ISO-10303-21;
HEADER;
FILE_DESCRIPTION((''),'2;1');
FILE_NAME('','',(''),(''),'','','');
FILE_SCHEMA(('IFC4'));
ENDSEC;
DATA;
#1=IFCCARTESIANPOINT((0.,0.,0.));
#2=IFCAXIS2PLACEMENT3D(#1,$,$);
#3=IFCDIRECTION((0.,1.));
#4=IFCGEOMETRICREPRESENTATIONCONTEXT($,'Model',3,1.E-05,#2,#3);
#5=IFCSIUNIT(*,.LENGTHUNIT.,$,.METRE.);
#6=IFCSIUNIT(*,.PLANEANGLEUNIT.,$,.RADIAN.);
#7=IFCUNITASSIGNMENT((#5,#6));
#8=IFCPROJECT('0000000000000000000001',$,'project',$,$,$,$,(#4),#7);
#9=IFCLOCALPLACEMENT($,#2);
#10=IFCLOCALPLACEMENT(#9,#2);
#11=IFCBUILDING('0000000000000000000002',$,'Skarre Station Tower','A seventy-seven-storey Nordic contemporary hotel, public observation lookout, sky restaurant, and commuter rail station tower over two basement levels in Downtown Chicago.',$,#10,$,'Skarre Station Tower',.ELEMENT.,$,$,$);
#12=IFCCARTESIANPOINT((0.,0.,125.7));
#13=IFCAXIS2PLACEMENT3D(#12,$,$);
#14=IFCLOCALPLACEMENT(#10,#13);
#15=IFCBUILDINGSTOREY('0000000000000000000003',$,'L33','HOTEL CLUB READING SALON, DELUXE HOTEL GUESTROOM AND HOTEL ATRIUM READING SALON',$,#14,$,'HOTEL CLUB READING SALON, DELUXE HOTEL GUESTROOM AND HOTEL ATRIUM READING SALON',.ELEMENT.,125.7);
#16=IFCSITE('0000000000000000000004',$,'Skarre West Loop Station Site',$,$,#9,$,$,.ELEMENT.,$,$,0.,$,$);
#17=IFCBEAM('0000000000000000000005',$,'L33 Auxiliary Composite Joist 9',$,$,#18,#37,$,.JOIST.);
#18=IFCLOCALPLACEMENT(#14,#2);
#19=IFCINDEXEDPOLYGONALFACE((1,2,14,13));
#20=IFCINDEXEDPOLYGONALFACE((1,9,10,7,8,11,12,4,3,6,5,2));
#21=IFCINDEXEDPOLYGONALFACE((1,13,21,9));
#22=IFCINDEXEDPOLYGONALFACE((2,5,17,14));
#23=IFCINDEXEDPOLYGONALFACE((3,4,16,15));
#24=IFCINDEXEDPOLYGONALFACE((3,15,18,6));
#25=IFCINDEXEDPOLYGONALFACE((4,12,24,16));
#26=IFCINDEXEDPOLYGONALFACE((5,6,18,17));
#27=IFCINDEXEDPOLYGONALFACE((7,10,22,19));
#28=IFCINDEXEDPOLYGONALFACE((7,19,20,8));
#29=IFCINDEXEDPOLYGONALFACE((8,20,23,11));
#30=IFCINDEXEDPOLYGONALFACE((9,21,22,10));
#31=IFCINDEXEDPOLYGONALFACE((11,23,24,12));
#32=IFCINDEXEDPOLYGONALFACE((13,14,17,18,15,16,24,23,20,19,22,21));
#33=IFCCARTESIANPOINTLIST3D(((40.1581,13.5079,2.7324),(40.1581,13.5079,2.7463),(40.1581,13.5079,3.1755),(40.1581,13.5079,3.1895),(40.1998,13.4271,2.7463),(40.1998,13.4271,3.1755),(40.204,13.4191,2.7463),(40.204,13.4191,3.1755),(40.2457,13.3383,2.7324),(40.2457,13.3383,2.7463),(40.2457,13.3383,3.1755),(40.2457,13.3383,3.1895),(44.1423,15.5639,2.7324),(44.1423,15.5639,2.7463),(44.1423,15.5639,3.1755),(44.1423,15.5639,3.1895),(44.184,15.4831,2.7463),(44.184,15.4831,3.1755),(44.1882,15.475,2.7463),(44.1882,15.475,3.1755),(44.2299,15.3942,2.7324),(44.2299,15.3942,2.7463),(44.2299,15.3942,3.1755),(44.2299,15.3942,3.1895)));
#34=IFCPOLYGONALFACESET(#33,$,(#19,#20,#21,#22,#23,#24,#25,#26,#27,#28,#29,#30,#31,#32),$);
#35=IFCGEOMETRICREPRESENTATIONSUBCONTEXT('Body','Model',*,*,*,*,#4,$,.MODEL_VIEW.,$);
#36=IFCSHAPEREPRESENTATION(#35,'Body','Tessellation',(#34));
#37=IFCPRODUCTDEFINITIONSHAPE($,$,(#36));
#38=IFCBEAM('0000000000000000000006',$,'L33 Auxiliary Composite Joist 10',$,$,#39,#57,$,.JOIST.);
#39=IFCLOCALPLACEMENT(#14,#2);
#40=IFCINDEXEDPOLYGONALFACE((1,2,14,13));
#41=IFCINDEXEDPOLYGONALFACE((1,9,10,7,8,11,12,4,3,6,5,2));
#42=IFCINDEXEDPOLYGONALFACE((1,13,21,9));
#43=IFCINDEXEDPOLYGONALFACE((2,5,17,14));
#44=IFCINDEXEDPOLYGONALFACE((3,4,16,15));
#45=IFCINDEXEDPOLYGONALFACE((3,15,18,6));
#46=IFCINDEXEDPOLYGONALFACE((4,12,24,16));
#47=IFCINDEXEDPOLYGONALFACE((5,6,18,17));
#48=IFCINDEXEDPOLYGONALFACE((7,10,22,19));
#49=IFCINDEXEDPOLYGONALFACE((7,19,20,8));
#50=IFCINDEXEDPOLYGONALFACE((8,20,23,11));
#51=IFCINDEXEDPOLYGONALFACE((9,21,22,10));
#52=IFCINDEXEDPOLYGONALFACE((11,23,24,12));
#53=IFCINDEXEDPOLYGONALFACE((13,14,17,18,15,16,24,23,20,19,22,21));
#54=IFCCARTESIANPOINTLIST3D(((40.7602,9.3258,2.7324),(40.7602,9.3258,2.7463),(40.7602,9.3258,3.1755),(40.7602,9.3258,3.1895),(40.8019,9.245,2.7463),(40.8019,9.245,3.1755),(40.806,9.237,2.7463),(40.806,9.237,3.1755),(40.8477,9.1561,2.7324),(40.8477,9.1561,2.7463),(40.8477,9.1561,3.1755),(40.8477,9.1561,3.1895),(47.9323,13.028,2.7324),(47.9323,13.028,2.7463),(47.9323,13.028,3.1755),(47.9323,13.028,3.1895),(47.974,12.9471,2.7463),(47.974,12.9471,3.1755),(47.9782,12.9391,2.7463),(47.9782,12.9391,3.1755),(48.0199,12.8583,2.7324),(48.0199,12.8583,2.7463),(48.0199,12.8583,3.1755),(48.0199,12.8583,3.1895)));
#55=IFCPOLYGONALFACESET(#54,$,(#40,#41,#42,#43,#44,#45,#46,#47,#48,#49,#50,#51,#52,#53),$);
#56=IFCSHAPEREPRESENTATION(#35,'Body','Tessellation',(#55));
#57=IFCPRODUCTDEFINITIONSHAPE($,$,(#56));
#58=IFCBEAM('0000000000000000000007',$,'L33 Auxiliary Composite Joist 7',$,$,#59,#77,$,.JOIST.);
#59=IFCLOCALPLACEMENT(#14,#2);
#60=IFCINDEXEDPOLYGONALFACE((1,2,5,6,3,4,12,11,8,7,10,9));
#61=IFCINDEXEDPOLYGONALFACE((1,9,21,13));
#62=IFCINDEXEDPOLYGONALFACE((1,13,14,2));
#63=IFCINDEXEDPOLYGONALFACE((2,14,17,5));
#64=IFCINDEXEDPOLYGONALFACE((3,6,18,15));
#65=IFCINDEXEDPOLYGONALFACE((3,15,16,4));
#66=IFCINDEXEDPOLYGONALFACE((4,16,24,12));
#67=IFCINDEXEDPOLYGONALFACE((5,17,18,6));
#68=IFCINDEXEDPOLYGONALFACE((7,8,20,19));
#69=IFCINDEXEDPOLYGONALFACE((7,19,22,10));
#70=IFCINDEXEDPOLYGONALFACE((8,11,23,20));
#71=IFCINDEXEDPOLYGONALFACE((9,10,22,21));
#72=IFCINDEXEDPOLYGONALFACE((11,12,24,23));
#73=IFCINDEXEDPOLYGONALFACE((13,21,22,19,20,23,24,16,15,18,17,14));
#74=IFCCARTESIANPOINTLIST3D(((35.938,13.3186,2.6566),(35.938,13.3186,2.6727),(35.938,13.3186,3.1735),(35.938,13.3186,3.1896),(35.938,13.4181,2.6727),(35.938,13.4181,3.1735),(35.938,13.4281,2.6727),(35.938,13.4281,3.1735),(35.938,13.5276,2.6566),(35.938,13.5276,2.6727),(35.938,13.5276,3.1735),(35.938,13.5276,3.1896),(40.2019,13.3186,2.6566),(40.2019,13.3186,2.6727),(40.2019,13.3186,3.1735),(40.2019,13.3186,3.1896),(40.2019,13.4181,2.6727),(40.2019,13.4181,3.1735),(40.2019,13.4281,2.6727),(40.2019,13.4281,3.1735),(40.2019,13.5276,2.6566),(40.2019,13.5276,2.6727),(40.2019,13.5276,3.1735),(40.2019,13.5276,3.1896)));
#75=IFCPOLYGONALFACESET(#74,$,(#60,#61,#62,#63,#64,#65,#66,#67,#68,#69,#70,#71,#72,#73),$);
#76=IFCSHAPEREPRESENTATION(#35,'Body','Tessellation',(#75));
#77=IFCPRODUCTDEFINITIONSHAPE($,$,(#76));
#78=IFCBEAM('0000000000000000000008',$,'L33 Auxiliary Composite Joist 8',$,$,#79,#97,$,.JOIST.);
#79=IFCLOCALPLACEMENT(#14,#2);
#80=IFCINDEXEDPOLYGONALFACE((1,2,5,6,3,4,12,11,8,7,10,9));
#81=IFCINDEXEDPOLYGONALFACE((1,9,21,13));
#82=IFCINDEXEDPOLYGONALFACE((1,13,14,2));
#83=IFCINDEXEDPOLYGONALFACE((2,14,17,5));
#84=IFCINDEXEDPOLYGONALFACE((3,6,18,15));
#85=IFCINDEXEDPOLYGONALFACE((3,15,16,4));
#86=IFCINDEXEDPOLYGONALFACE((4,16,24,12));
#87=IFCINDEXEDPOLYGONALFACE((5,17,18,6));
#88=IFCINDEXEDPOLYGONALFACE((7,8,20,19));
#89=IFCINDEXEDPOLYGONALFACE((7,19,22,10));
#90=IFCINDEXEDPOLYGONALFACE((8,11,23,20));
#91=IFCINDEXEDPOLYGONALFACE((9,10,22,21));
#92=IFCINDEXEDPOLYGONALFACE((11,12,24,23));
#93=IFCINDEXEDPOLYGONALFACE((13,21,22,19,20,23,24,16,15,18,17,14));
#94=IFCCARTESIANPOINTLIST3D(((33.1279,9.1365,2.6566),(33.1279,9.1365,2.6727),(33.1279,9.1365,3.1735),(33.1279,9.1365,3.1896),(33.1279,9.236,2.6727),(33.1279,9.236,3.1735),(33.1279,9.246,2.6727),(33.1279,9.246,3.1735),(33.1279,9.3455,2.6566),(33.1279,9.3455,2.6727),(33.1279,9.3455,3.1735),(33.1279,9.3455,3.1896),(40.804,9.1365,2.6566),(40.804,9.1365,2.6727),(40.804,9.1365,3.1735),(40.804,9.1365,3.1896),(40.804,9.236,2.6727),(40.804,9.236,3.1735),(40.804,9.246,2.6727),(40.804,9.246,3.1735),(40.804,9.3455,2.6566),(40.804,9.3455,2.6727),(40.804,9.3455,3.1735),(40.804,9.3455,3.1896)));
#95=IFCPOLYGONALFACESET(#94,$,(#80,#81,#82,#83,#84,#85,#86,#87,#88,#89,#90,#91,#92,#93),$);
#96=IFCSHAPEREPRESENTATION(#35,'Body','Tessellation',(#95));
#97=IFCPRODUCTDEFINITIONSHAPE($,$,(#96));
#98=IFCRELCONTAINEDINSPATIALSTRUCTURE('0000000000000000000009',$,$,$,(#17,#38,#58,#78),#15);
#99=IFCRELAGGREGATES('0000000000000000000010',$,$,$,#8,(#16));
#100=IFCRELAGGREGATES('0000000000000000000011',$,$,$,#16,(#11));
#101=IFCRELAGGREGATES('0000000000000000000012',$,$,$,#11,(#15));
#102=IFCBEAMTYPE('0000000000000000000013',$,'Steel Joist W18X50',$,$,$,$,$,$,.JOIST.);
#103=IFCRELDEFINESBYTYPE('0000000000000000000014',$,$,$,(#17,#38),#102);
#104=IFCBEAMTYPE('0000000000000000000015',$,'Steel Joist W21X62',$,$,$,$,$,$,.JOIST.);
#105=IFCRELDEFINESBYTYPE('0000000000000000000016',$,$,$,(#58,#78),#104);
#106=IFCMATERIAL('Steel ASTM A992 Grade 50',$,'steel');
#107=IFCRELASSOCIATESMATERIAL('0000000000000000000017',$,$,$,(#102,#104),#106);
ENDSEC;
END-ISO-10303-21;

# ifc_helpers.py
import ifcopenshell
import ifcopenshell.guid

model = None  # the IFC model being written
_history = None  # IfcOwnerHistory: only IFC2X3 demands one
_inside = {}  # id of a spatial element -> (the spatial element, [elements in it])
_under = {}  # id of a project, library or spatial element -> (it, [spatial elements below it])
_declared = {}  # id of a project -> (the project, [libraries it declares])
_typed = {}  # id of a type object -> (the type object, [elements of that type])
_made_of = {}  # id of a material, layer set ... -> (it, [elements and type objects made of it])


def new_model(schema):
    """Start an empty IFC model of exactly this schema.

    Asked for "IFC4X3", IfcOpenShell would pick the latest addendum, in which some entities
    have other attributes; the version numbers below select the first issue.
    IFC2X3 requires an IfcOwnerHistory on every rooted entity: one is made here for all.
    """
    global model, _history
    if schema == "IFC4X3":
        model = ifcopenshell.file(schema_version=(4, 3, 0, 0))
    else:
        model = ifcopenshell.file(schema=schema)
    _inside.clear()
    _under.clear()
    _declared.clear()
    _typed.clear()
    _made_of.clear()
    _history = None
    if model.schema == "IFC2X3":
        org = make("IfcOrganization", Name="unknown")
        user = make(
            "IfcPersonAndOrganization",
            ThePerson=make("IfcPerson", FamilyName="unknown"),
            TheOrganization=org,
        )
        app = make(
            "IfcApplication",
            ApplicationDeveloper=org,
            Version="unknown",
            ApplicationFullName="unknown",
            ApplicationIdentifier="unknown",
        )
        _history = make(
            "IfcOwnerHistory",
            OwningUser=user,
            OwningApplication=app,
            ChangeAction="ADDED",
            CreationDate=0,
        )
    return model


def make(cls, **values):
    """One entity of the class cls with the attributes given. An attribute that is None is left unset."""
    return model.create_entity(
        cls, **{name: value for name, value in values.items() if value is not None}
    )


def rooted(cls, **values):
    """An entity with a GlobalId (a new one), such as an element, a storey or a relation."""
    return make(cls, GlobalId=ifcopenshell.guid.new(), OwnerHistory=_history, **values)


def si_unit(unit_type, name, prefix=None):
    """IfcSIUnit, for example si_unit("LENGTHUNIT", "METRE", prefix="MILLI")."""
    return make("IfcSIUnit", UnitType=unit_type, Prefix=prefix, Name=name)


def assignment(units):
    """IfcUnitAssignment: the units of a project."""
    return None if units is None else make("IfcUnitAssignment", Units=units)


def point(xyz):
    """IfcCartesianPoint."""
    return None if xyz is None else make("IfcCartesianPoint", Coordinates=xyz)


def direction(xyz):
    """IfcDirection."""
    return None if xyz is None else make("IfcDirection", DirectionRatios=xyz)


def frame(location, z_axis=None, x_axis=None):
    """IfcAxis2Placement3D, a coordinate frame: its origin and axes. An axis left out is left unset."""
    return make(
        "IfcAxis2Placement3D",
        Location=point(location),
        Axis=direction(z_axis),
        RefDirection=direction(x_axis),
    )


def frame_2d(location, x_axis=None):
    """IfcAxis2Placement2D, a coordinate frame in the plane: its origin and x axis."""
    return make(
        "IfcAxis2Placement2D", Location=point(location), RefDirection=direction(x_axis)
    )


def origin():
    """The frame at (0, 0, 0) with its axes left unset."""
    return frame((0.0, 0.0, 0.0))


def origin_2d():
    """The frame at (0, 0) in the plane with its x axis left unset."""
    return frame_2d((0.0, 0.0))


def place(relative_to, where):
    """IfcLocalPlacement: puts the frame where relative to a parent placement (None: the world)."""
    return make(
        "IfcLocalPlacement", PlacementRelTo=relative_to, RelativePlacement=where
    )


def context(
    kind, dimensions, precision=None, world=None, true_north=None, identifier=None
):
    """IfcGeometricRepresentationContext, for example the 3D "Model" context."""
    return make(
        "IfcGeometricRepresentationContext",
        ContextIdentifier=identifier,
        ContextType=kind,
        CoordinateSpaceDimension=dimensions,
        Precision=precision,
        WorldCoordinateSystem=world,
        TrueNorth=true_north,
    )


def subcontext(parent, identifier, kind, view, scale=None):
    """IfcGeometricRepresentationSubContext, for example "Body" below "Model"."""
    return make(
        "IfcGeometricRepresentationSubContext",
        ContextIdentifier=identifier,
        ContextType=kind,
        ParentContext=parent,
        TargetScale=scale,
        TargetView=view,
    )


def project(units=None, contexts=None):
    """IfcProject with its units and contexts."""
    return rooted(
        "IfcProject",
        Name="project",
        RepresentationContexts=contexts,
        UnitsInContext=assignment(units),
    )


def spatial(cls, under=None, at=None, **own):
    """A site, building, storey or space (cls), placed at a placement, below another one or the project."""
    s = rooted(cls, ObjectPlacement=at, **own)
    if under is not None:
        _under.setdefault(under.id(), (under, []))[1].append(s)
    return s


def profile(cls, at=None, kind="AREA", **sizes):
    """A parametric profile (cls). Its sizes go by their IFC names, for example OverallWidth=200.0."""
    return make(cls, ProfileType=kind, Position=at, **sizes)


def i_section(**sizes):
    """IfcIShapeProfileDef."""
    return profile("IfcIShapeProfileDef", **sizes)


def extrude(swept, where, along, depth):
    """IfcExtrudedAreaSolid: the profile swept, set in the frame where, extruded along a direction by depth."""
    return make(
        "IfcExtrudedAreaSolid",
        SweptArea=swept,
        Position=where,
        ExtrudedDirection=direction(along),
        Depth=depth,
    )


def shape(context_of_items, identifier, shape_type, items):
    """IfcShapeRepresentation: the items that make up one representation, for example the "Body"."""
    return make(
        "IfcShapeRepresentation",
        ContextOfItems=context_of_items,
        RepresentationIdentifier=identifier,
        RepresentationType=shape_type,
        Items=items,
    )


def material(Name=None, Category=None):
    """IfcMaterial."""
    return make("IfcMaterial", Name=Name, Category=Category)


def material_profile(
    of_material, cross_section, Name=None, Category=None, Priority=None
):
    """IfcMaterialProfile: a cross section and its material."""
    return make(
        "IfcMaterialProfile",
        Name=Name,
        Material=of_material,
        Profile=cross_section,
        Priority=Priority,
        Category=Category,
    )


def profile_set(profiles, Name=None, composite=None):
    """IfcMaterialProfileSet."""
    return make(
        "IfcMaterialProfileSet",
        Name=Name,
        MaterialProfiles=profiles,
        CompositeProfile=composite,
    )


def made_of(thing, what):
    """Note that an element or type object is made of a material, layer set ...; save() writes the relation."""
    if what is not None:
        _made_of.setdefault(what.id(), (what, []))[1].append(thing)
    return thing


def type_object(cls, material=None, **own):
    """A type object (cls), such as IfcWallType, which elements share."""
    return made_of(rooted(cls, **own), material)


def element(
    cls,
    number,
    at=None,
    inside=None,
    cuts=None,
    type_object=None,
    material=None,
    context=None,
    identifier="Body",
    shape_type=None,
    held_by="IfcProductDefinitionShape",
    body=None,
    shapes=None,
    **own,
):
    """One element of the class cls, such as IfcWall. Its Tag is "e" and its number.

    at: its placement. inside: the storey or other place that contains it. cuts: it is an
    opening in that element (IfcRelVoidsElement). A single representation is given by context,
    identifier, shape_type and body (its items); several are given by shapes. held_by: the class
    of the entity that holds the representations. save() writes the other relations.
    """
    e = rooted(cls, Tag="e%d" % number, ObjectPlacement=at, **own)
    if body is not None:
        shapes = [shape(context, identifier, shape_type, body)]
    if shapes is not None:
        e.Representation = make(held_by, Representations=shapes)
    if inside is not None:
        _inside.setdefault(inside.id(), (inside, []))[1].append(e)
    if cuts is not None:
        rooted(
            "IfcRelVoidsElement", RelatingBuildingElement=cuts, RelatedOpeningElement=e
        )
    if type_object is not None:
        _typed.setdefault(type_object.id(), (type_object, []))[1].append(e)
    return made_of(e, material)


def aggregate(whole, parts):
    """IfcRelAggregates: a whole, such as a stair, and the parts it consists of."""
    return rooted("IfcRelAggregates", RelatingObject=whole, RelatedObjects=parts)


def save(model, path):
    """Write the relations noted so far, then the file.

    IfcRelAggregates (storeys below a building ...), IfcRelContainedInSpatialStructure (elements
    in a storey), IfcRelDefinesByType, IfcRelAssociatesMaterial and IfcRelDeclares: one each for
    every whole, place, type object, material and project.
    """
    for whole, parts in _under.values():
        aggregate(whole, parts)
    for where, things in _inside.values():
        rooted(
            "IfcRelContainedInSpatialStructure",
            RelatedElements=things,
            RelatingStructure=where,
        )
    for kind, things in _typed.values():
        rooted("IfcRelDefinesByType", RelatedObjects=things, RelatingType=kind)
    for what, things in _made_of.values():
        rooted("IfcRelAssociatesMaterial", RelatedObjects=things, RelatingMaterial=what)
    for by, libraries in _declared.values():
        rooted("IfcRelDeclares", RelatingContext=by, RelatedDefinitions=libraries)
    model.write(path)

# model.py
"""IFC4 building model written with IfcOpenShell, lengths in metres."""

from ifc_helpers import new_model, si_unit, direction, frame, origin, origin_2d, place, context, subcontext, project, spatial, i_section, extrude, material, material_profile, profile_set, type_object, element, save


model = new_model("IFC4")

# Units and contexts
model_context = context("Model", 3, precision=1e-05, world=origin(), true_north=direction((0.0, 1.0)))
body_context = subcontext(model_context, "Body", "Model", "MODEL_VIEW")
ifc_project = project(units=[si_unit("LENGTHUNIT", "METRE"), si_unit("PLANEANGLEUNIT", "RADIAN")], contexts=[model_context])

# Site, building, storey
site_placement = place(None, origin())
site = spatial("IfcSite", under=ifc_project, at=site_placement, Name="Skarre West Loop Station Site", CompositionType="ELEMENT", RefElevation=0.0)
building_placement = place(site_placement, origin())
building = spatial("IfcBuilding", under=site, at=building_placement, Name="Skarre Station Tower", Description="A seventy-seven-storey Nordic contemporary hotel, public observation lookout, sky restaurant, and commuter rail station tower over two basement levels in Downtown Chicago.", LongName="Skarre Station Tower", CompositionType="ELEMENT")
storey_placement = place(building_placement, frame((0.0, 0.0, 125.7)))
storey = spatial("IfcBuildingStorey", under=building, at=storey_placement, Name="L33", Description="HOTEL CLUB READING SALON, DELUXE HOTEL GUESTROOM AND HOTEL ATRIUM READING SALON", LongName="HOTEL CLUB READING SALON, DELUXE HOTEL GUESTROOM AND HOTEL ATRIUM READING SALON", CompositionType="ELEMENT", Elevation=125.7)

# Beams
ifc_material_1 = material(Name="Steel ASTM A992 Grade 50", Category="steel")
ifc_material_profile_1 = material_profile(ifc_material_1, i_section(OverallWidth=0.1909, OverallDepth=0.457, WebThickness=0.009, FlangeThickness=0.0139, at=origin_2d()), Name="Steel ASTM A992 Grade 50")
ifc_profile_set_1 = profile_set([ifc_material_profile_1], Name="Steel ASTM A992 Grade 50")
beam_type_1 = type_object("IfcBeamType", Name="Steel Joist W18X50", PredefinedType="JOIST", material=ifc_profile_set_1)
beam_1_placement = place(storey_placement, frame((40.2019, 13.4231, 2.9609), z_axis=(0.888659, 0.458569, 0.0), x_axis=(-0.458569, 0.888659, 0.0)))
element("IfcBeam", 1, at=beam_1_placement, inside=storey, type_object=beam_type_1, Name="L33 Auxiliary Composite Joist 9", PredefinedType="JOIST", context=body_context, shape_type="SweptSolid", body=[
    extrude(i_section(OverallWidth=0.1909, OverallDepth=0.457, WebThickness=0.009, FlangeThickness=0.0139, at=origin_2d()), origin(), (0.0, 0.0, 1.0), 4.4834),
])
beam_2_placement = place(storey_placement, frame((40.804, 9.241, 2.9609), z_axis=(0.8886, 0.458683, 0.0), x_axis=(-0.458683, 0.8886, 0.0)))
element("IfcBeam", 2, at=beam_2_placement, inside=storey, type_object=beam_type_1, Name="L33 Auxiliary Composite Joist 10", PredefinedType="JOIST", context=body_context, shape_type="SweptSolid", body=[
    extrude(i_section(OverallWidth=0.1909, OverallDepth=0.457, WebThickness=0.009, FlangeThickness=0.0139, at=origin_2d()), origin(), (0.0, 0.0, 1.0), 8.0713),
])
ifc_material_profile_2 = material_profile(ifc_material_1, i_section(OverallWidth=0.209, OverallDepth=0.533, WebThickness=0.01, FlangeThickness=0.0161, at=origin_2d()), Name="Steel ASTM A992 Grade 50")
ifc_profile_set_2 = profile_set([ifc_material_profile_2], Name="Steel ASTM A992 Grade 50")
beam_type_2 = type_object("IfcBeamType", Name="Steel Joist W21X62", PredefinedType="JOIST", material=ifc_profile_set_2)
beam_3_placement = place(storey_placement, frame((35.938, 13.4231, 2.9231), z_axis=(1.0, 0.0, 0.0), x_axis=(0.0, 1.0, 0.0)))
element("IfcBeam", 3, at=beam_3_placement, inside=storey, type_object=beam_type_2, Name="L33 Auxiliary Composite Joist 7", PredefinedType="JOIST", context=body_context, shape_type="SweptSolid", body=[
    extrude(i_section(OverallWidth=0.209, OverallDepth=0.533, WebThickness=0.01, FlangeThickness=0.0161, at=origin_2d()), origin(), (0.0, 0.0, 1.0), 4.2639),
])
beam_4_placement = place(storey_placement, frame((33.1279, 9.241, 2.9231), z_axis=(1.0, 0.0, 0.0), x_axis=(0.0, 1.0, 0.0)))
element("IfcBeam", 4, at=beam_4_placement, inside=storey, type_object=beam_type_2, Name="L33 Auxiliary Composite Joist 8", PredefinedType="JOIST", context=body_context, shape_type="SweptSolid", body=[
    extrude(i_section(OverallWidth=0.209, OverallDepth=0.533, WebThickness=0.01, FlangeThickness=0.0161, at=origin_2d()), origin(), (0.0, 0.0, 1.0), 7.676),
])

save(model, "model.ifc")
